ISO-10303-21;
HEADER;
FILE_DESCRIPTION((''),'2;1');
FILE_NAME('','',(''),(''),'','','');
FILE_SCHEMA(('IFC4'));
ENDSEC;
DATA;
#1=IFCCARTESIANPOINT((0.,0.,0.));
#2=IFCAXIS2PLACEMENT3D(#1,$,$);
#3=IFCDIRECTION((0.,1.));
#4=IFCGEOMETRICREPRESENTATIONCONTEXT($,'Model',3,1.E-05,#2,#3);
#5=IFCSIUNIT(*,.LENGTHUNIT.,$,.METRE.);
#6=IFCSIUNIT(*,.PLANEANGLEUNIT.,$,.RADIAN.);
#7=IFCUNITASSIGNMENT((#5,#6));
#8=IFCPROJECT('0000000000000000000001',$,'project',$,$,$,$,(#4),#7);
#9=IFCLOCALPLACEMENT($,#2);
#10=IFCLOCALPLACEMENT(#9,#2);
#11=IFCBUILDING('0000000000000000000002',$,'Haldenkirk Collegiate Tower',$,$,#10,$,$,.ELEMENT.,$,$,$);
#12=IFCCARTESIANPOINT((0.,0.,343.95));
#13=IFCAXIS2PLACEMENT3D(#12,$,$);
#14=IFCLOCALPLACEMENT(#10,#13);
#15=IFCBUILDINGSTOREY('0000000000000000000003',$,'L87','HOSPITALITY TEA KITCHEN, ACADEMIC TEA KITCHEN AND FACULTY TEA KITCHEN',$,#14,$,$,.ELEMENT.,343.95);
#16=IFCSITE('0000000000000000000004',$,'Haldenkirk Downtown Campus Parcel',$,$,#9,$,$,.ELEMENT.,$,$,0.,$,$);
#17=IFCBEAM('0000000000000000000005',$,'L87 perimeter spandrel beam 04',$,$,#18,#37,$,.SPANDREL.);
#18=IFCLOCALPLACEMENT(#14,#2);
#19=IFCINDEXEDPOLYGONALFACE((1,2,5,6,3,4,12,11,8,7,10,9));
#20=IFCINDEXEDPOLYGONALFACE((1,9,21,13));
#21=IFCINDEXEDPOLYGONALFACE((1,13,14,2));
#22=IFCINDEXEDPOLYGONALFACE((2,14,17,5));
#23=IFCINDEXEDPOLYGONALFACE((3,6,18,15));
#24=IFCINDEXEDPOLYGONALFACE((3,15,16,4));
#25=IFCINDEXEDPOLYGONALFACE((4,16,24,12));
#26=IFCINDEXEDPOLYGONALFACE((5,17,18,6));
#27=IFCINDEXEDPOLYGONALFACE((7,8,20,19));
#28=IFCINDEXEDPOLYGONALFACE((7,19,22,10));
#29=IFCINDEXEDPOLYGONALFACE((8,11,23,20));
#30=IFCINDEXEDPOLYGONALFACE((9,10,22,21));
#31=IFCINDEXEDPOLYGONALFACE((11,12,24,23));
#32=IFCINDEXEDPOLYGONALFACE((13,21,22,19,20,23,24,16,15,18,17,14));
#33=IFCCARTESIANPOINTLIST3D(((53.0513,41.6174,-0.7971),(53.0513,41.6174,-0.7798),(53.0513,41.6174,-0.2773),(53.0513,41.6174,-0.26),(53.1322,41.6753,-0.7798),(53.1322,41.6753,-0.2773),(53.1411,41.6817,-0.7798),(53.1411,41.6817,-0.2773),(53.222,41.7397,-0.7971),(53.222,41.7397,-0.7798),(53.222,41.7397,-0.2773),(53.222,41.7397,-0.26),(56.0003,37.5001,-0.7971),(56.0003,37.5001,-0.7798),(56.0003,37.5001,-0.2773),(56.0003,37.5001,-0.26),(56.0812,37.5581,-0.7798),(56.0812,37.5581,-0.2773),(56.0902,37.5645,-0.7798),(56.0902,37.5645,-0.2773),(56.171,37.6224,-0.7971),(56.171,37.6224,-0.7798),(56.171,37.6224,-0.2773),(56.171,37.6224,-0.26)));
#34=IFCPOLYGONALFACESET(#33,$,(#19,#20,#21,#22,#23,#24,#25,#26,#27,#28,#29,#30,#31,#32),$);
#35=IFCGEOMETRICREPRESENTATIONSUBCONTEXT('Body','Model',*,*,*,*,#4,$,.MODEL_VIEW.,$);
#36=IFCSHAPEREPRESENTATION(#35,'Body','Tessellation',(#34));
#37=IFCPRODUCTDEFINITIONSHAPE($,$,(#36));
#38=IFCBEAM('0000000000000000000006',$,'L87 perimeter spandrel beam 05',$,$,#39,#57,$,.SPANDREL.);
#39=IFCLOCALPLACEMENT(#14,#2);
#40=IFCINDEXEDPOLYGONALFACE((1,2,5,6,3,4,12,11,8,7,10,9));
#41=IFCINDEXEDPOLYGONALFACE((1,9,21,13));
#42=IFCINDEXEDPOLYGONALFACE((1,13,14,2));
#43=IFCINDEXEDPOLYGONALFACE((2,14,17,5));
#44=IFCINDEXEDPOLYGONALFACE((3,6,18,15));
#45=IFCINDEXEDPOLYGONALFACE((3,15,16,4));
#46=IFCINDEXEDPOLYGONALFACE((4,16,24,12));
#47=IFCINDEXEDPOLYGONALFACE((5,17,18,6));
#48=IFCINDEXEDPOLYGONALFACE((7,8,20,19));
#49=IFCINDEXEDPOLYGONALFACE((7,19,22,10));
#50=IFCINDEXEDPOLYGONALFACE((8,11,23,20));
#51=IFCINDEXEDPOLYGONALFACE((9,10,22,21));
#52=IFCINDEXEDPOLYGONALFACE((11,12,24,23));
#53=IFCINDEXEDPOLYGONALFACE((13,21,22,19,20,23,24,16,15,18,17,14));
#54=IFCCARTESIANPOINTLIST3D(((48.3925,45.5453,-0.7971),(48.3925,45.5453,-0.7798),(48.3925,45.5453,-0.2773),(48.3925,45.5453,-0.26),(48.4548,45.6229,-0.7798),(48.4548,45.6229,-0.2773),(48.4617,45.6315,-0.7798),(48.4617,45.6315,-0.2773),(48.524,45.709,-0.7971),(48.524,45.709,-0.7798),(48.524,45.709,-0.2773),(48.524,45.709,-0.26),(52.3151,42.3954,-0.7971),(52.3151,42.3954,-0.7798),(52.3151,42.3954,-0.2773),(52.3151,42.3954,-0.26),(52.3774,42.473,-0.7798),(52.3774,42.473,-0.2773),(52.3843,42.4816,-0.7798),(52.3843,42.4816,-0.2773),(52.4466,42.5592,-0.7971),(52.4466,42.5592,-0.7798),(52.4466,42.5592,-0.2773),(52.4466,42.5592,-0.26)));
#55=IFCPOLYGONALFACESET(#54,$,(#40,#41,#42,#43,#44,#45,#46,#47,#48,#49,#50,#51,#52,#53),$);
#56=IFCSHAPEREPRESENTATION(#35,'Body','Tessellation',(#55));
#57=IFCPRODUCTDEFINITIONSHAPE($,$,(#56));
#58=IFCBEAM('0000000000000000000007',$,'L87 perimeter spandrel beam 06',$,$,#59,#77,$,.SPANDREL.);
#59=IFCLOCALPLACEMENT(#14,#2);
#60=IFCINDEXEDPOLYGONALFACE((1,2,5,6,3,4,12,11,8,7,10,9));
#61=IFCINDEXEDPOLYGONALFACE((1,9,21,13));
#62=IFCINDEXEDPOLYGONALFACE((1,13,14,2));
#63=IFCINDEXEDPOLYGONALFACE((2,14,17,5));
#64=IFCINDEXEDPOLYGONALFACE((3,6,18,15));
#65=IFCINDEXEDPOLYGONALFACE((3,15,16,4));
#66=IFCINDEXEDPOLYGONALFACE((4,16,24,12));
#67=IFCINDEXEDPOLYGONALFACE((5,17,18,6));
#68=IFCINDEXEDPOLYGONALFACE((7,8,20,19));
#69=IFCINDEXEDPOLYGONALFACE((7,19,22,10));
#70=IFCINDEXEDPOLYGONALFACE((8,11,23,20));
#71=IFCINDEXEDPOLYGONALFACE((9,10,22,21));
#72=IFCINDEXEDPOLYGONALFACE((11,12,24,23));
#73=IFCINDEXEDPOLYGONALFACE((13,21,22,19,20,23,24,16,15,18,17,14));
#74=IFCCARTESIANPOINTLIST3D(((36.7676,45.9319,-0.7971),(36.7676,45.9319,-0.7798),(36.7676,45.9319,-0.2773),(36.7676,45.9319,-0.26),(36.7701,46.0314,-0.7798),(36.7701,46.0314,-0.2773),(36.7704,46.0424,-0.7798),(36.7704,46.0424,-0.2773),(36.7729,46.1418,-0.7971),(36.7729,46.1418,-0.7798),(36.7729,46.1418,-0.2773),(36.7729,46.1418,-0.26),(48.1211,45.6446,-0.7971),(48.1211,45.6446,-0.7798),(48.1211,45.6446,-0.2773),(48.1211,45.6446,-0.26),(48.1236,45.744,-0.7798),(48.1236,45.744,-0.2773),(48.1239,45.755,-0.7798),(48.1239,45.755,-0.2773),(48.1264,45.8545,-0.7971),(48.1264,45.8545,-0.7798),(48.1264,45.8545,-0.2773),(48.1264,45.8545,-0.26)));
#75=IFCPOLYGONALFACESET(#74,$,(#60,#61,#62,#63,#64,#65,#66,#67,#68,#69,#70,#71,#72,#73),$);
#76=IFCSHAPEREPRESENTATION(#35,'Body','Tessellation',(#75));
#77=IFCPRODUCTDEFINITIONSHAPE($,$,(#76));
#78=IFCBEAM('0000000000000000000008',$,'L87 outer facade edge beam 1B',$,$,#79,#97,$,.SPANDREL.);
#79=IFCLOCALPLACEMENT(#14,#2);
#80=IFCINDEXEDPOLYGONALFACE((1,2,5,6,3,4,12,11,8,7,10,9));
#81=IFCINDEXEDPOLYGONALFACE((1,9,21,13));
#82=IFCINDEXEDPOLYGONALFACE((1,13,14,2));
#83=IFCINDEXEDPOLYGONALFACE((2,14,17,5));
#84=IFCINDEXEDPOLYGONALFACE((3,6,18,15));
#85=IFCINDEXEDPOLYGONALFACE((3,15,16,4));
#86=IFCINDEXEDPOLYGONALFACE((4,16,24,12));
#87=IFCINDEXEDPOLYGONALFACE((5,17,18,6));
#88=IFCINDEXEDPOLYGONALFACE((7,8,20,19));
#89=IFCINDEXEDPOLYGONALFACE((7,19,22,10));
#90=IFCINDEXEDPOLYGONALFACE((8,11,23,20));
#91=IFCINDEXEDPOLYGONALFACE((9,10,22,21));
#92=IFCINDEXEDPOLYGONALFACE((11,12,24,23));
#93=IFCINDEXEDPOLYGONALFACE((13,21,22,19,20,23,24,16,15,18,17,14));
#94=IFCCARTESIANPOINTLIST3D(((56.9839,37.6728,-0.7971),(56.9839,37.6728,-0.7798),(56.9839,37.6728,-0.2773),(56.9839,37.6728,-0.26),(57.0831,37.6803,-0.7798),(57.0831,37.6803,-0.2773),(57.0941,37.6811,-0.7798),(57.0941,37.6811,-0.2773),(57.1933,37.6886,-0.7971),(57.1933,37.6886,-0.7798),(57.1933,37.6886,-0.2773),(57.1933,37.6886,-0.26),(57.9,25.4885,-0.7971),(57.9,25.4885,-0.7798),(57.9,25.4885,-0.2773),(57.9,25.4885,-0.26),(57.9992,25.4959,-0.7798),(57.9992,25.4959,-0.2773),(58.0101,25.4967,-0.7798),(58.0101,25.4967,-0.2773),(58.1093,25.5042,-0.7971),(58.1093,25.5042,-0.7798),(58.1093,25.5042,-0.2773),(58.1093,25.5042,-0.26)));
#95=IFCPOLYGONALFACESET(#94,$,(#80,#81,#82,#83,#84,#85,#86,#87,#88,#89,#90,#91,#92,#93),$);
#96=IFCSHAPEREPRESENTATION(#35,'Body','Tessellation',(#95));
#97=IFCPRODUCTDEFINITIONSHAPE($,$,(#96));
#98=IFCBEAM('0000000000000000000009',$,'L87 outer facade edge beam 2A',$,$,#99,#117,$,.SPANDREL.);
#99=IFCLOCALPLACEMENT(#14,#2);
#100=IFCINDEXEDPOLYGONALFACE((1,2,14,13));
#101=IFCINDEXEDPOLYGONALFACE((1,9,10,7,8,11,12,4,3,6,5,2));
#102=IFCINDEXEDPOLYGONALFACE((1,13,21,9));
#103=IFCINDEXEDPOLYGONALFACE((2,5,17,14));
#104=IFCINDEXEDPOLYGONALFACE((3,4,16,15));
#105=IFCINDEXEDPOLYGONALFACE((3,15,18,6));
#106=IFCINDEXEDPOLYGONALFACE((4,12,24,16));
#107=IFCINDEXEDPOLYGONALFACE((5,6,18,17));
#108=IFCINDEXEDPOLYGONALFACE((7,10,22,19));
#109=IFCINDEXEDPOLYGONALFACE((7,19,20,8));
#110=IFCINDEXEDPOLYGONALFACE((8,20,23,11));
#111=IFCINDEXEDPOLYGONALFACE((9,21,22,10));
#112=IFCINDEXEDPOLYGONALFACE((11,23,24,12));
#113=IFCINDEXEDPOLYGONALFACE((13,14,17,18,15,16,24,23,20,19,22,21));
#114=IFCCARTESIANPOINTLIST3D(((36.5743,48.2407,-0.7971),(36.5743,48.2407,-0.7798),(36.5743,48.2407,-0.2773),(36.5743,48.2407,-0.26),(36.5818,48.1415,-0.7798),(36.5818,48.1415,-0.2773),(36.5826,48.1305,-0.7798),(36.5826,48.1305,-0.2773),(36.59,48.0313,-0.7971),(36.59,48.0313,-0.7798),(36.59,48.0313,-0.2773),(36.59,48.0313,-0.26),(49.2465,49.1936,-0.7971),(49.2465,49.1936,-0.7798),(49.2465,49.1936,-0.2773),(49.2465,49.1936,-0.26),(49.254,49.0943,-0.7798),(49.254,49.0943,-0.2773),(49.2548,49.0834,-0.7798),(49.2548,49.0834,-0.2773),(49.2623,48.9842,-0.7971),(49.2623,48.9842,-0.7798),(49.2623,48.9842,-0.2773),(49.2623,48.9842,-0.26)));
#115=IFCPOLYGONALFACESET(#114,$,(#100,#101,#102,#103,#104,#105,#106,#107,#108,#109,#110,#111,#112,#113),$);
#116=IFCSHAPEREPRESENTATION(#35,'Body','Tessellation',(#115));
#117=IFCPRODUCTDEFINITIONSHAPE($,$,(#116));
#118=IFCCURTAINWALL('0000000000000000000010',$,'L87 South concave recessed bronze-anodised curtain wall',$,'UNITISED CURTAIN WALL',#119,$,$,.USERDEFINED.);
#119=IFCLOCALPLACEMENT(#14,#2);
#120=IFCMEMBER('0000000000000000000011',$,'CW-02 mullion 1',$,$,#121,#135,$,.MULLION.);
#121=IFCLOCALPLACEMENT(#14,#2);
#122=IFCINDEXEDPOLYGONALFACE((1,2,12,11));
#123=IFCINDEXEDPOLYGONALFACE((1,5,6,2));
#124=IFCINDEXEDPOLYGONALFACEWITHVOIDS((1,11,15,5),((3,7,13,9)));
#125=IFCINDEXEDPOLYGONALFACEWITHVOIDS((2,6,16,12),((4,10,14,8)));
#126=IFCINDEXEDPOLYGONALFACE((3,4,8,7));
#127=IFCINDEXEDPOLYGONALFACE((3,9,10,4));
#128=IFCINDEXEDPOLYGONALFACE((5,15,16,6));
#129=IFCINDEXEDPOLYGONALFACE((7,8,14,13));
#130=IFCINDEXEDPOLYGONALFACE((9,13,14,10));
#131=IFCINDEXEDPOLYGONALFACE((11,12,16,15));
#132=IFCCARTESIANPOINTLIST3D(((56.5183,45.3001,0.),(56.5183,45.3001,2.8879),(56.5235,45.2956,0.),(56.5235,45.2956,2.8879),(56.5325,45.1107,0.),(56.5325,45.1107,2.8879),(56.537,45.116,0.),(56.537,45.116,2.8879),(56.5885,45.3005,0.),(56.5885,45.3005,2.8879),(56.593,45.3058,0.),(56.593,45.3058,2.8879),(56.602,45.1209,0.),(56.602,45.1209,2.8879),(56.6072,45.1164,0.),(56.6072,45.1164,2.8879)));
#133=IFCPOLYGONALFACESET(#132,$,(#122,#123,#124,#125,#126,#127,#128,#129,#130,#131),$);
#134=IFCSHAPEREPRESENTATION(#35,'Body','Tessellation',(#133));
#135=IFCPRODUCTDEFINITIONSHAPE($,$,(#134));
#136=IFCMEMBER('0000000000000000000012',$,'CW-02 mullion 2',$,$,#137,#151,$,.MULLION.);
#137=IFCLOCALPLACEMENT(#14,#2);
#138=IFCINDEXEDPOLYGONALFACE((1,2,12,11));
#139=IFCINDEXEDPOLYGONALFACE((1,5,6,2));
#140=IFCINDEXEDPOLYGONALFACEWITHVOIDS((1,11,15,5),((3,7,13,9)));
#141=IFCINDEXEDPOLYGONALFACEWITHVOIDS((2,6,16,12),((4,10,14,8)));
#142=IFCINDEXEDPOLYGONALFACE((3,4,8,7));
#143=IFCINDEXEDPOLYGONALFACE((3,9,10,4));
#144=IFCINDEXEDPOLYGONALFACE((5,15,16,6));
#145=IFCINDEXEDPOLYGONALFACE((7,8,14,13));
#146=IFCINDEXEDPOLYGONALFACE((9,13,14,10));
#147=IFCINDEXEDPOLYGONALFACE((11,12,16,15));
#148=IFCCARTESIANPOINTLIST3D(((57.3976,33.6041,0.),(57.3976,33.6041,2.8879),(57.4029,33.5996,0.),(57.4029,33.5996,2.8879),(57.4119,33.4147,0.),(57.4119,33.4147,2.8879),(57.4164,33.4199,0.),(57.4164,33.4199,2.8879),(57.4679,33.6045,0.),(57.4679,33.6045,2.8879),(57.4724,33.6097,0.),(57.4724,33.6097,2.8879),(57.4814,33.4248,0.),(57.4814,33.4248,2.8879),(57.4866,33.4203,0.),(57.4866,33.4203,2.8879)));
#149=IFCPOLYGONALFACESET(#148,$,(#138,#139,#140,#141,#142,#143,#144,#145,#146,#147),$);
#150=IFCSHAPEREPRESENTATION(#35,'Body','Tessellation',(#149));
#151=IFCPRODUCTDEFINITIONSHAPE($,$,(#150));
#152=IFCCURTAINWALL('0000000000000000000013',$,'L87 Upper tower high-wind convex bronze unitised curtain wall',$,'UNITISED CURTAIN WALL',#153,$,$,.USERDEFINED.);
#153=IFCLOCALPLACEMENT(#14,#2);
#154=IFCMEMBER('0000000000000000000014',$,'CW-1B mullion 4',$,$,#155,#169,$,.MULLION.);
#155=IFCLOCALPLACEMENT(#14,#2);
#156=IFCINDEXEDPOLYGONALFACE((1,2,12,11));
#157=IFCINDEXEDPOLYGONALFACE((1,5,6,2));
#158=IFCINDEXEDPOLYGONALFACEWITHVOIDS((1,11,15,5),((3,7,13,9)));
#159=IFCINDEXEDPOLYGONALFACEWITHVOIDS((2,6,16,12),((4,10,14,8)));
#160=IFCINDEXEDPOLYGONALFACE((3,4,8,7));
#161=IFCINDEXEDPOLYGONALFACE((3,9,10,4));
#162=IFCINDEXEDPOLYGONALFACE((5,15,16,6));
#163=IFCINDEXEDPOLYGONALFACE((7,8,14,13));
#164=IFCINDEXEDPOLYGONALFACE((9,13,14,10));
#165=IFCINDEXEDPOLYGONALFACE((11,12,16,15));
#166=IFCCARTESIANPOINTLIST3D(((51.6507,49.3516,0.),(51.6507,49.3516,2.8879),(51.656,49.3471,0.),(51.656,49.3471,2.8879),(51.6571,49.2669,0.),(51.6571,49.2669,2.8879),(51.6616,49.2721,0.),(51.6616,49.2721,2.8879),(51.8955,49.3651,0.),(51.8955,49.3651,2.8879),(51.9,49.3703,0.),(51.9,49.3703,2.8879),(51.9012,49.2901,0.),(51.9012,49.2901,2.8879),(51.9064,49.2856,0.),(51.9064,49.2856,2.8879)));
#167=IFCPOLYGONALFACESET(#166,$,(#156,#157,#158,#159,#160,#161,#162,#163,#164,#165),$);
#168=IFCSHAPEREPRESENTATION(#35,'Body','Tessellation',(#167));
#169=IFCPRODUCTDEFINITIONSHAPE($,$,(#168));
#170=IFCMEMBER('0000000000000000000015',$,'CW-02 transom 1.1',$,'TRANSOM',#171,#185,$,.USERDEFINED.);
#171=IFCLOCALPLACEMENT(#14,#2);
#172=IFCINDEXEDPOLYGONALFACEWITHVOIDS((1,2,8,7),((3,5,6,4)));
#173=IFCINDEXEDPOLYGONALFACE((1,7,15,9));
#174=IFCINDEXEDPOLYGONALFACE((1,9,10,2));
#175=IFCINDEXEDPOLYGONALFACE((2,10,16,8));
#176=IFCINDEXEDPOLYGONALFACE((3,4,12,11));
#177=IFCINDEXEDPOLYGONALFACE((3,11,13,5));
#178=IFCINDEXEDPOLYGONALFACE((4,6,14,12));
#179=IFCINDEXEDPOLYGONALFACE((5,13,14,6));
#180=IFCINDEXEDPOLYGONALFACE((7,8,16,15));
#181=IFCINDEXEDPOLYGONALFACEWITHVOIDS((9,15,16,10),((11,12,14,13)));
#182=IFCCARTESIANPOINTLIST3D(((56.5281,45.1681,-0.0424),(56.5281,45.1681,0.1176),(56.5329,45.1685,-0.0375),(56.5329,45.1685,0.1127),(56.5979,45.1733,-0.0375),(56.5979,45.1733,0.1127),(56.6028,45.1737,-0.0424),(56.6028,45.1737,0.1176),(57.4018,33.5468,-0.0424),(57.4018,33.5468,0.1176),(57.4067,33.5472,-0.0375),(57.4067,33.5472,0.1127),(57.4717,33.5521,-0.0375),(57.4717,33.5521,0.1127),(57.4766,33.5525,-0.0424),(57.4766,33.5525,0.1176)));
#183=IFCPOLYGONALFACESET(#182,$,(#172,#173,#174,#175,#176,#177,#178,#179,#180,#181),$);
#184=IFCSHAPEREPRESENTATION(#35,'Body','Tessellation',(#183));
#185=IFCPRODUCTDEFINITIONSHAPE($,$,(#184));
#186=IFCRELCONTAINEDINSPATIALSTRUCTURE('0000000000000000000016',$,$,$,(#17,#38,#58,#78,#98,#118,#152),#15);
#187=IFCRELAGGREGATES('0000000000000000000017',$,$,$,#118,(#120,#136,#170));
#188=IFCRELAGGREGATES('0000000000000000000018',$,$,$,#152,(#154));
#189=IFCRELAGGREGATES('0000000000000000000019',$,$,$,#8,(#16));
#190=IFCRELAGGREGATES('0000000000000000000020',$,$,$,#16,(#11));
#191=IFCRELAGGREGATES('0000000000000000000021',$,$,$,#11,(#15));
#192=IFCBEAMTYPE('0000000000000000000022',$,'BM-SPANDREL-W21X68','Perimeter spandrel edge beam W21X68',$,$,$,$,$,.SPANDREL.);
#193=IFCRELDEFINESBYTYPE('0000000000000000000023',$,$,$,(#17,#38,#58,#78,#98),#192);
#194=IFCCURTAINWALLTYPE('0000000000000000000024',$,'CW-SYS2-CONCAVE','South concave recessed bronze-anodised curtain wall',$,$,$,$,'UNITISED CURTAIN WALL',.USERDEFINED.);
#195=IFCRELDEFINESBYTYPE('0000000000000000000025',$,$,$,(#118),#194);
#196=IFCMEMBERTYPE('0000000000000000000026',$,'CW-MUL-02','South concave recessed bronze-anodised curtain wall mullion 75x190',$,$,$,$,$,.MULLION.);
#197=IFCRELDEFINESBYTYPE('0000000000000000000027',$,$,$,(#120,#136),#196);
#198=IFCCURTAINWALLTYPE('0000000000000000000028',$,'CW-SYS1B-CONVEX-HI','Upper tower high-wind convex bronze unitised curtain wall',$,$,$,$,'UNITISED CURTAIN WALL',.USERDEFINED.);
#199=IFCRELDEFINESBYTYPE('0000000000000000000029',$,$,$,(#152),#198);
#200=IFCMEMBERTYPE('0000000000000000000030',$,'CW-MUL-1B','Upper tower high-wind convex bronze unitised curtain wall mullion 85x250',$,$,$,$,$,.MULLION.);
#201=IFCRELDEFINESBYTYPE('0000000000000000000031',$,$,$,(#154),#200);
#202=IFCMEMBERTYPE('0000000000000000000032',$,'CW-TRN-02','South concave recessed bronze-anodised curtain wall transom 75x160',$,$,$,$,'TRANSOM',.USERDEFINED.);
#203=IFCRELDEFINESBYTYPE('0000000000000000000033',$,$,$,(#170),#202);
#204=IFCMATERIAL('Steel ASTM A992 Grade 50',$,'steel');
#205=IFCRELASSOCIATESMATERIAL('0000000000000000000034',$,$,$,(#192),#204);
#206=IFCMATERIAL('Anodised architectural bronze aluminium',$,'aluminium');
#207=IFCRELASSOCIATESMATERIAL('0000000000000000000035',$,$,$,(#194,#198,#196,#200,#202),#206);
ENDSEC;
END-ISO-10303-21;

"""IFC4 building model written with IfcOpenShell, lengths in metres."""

from ifc_helpers import new_model, si_unit, direction, frame, origin, origin_2d, place, context, subcontext, project, spatial, hollow_rectangle, i_section, extrude, material, material_profile, profile_set, type_object, element, aggregate, save


model = new_model("IFC4")

# Units and contexts
model_context = context("Model", 3, precision=1e-05, world=origin(), true_north=direction((0.0, 1.0)))
body_context = subcontext(model_context, "Body", "Model", "MODEL_VIEW")
ifc_project = project(units=[si_unit("LENGTHUNIT", "METRE"), si_unit("PLANEANGLEUNIT", "RADIAN")], contexts=[model_context])

# Site, building, storey
site_placement = place(None, origin())
site = spatial("IfcSite", under=ifc_project, at=site_placement, Name="Haldenkirk Downtown Campus Parcel", CompositionType="ELEMENT", RefElevation=0.0)
building_placement = place(site_placement, origin())
building = spatial("IfcBuilding", under=site, at=building_placement, Name="Haldenkirk Collegiate Tower", CompositionType="ELEMENT")
storey_placement = place(building_placement, frame((0.0, 0.0, 343.95)))
storey = spatial("IfcBuildingStorey", under=building, at=storey_placement, Name="L87", Description="HOSPITALITY TEA KITCHEN, ACADEMIC TEA KITCHEN AND FACULTY TEA KITCHEN", CompositionType="ELEMENT", Elevation=343.95)

# Beams
ifc_material_1 = material(Name="Steel ASTM A992 Grade 50", Category="steel")
ifc_material_profile_1 = material_profile(ifc_material_1, i_section(OverallWidth=0.21, OverallDepth=0.5371, WebThickness=0.011, FlangeThickness=0.0173, at=origin_2d()), Name="W21X68")
ifc_profile_set_1 = profile_set([ifc_material_profile_1], Name="Steel ASTM A992 Grade 50")
beam_type_1 = type_object("IfcBeamType", Name="BM-SPANDREL-W21X68", Description="Perimeter spandrel edge beam W21X68", PredefinedType="SPANDREL", material=ifc_profile_set_1)
beam_1_placement = place(storey_placement, frame((56.0857, 37.5613, -0.5286), z_axis=(-0.5823, 0.812974, 0.0), x_axis=(-0.812974, -0.5823, 0.0)))
element("IfcBeam", 1, at=beam_1_placement, inside=storey, type_object=beam_type_1, Name="L87 perimeter spandrel beam 04", PredefinedType="SPANDREL", context=body_context, shape_type="SweptSolid", body=[
    extrude(i_section(OverallWidth=0.21, OverallDepth=0.5371, WebThickness=0.011, FlangeThickness=0.0173, at=origin_2d()), origin(), (0.0, 0.0, 1.0), 5.0645),
])
beam_2_placement = place(storey_placement, frame((52.3809, 42.4773, -0.5286), z_axis=(-0.779722, 0.626126, 0.0), x_axis=(-0.626126, -0.779722, 0.0)))
element("IfcBeam", 2, at=beam_2_placement, inside=storey, type_object=beam_type_1, Name="L87 perimeter spandrel beam 05", PredefinedType="SPANDREL", context=body_context, shape_type="SweptSolid", body=[
    extrude(i_section(OverallWidth=0.21, OverallDepth=0.5371, WebThickness=0.011, FlangeThickness=0.0173, at=origin_2d()), origin(), (0.0, 0.0, 1.0), 5.0308),
])
beam_3_placement = place(storey_placement, frame((48.1238, 45.7495, -0.5286), z_axis=(-0.99968, 0.025302, 0.0), x_axis=(-0.025302, -0.99968, 0.0)))
element("IfcBeam", 3, at=beam_3_placement, inside=storey, type_object=beam_type_1, Name="L87 perimeter spandrel beam 06", PredefinedType="SPANDREL", context=body_context, shape_type="SweptSolid", body=[
    extrude(i_section(OverallWidth=0.21, OverallDepth=0.5371, WebThickness=0.011, FlangeThickness=0.0173, at=origin_2d()), origin(), (0.0, 0.0, 1.0), 11.3572),
])
beam_4_placement = place(storey_placement, frame((58.0046, 25.4963, -0.5286), z_axis=(-0.074968, 0.997186, 0.0), x_axis=(-0.997186, -0.074968, 0.0)))
element("IfcBeam", 4, at=beam_4_placement, inside=storey, type_object=beam_type_1, Name="L87 outer facade edge beam 1B", PredefinedType="SPANDREL", context=body_context, shape_type="SweptSolid", body=[
    extrude(i_section(OverallWidth=0.21, OverallDepth=0.5371, WebThickness=0.011, FlangeThickness=0.0173, at=origin_2d()), origin(), (0.0, 0.0, 1.0), 12.2188),
])
beam_5_placement = place(storey_placement, frame((49.2544, 49.0889, -0.5286), z_axis=(-0.997185, -0.074983, 0.0), x_axis=(0.074983, -0.997185, 0.0)))
element("IfcBeam", 5, at=beam_5_placement, inside=storey, type_object=beam_type_1, Name="L87 outer facade edge beam 2A", PredefinedType="SPANDREL", context=body_context, shape_type="SweptSolid", body=[
    extrude(i_section(OverallWidth=0.21, OverallDepth=0.5371, WebThickness=0.011, FlangeThickness=0.0173, at=origin_2d()), origin(), (0.0, 0.0, 1.0), 12.708),
])

# Curtain wall, members
ifc_material_2 = material(Name="Anodised architectural bronze aluminium", Category="aluminium")
curtain_wall_type_1 = type_object("IfcCurtainWallType", Name="CW-SYS2-CONCAVE", Description="South concave recessed bronze-anodised curtain wall", ElementType="UNITISED CURTAIN WALL", PredefinedType="USERDEFINED", material=ifc_material_2)
curtain_wall_1_placement = place(storey_placement, origin())
curtain_wall_1 = element("IfcCurtainWall", 6, at=curtain_wall_1_placement, inside=storey, type_object=curtain_wall_type_1, Name="L87 South concave recessed bronze-anodised curtain wall", ObjectType="UNITISED CURTAIN WALL", PredefinedType="USERDEFINED")
ifc_material_profile_2 = material_profile(ifc_material_2, hollow_rectangle(XDim=0.075, YDim=0.1899, WallThickness=0.0049, at=origin_2d()), Name="CW-MUL-02")
ifc_profile_set_2 = profile_set([ifc_material_profile_2], Name="Anodised architectural bronze aluminium")
member_type_1 = type_object("IfcMemberType", Name="CW-MUL-02", Description="South concave recessed bronze-anodised curtain wall mullion 75x190", PredefinedType="MULLION", material=ifc_profile_set_2)
member_1_placement = place(storey_placement, frame((56.5627, 45.2083, 0.0), z_axis=(0.0, 0.0, 1.0), x_axis=(0.997185, 0.074977, 0.0)))
member_1 = element("IfcMember", 7, at=member_1_placement, type_object=member_type_1, Name="CW-02 mullion 1", PredefinedType="MULLION", context=body_context, shape_type="SweptSolid", body=[
    extrude(hollow_rectangle(XDim=0.075, YDim=0.1899, WallThickness=0.0049, at=origin_2d()), origin(), (0.0, 0.0, 1.0), 2.8879),
])
member_2_placement = place(storey_placement, frame((57.4421, 33.5122, 0.0), z_axis=(0.0, 0.0, 1.0), x_axis=(0.997185, 0.074977, 0.0)))
member_2 = element("IfcMember", 8, at=member_2_placement, type_object=member_type_1, Name="CW-02 mullion 2", PredefinedType="MULLION", context=body_context, shape_type="SweptSolid", body=[
    extrude(hollow_rectangle(XDim=0.075, YDim=0.1899, WallThickness=0.0049, at=origin_2d()), origin(), (0.0, 0.0, 1.0), 2.8879),
])

# Curtain wall, member
curtain_wall_type_2 = type_object("IfcCurtainWallType", Name="CW-SYS1B-CONVEX-HI", Description="Upper tower high-wind convex bronze unitised curtain wall", ElementType="UNITISED CURTAIN WALL", PredefinedType="USERDEFINED", material=ifc_material_2)
curtain_wall_2_placement = place(storey_placement, origin())
curtain_wall_2 = element("IfcCurtainWall", 9, at=curtain_wall_2_placement, inside=storey, type_object=curtain_wall_type_2, Name="L87 Upper tower high-wind convex bronze unitised curtain wall", ObjectType="UNITISED CURTAIN WALL", PredefinedType="USERDEFINED")
ifc_material_profile_3 = material_profile(ifc_material_2, hollow_rectangle(XDim=0.085, YDim=0.25, WallThickness=0.0049, at=origin_2d()), Name="CW-MUL-1B")
ifc_profile_set_3 = profile_set([ifc_material_profile_3], Name="Anodised architectural bronze aluminium")
member_type_2 = type_object("IfcMemberType", Name="CW-MUL-1B", Description="Upper tower high-wind convex bronze unitised curtain wall mullion 85x250", PredefinedType="MULLION", material=ifc_profile_set_3)
member_3_placement = place(storey_placement, frame((51.7786, 49.3186, 0.0), z_axis=(0.0, 0.0, 1.0), x_axis=(-0.074979, 0.997185, 0.0)))
member_3 = element("IfcMember", 10, at=member_3_placement, type_object=member_type_2, Name="CW-1B mullion 4", PredefinedType="MULLION", context=body_context, shape_type="SweptSolid", body=[
    extrude(hollow_rectangle(XDim=0.085, YDim=0.25, WallThickness=0.0049, at=origin_2d()), origin(), (0.0, 0.0, 1.0), 2.8879),
])

# Member
ifc_material_profile_4 = material_profile(ifc_material_2, hollow_rectangle(XDim=0.075, YDim=0.1599, WallThickness=0.0049, at=origin_2d()), Name="CW-TRN-02")
ifc_profile_set_4 = profile_set([ifc_material_profile_4], Name="Anodised architectural bronze aluminium")
member_type_3 = type_object("IfcMemberType", Name="CW-TRN-02", Description="South concave recessed bronze-anodised curtain wall transom 75x160", ElementType="TRANSOM", PredefinedType="USERDEFINED", material=ifc_profile_set_4)
member_4_placement = place(storey_placement, frame((56.5654, 45.1709, 0.0376), z_axis=(0.074976, -0.997185, 0.0), x_axis=(0.997185, 0.074976, 0.0)))
member_4 = element("IfcMember", 11, at=member_4_placement, type_object=member_type_3, Name="CW-02 transom 1.1", ObjectType="TRANSOM", PredefinedType="USERDEFINED", context=body_context, shape_type="SweptSolid", body=[
    extrude(hollow_rectangle(XDim=0.075, YDim=0.1599, WallThickness=0.0049, at=origin_2d()), origin(), (0.0, 0.0, 1.0), 11.6541),
])

aggregate(curtain_wall_1, [member_1, member_2, member_4])
aggregate(curtain_wall_2, [member_3])

save(model, "model.ifc")
